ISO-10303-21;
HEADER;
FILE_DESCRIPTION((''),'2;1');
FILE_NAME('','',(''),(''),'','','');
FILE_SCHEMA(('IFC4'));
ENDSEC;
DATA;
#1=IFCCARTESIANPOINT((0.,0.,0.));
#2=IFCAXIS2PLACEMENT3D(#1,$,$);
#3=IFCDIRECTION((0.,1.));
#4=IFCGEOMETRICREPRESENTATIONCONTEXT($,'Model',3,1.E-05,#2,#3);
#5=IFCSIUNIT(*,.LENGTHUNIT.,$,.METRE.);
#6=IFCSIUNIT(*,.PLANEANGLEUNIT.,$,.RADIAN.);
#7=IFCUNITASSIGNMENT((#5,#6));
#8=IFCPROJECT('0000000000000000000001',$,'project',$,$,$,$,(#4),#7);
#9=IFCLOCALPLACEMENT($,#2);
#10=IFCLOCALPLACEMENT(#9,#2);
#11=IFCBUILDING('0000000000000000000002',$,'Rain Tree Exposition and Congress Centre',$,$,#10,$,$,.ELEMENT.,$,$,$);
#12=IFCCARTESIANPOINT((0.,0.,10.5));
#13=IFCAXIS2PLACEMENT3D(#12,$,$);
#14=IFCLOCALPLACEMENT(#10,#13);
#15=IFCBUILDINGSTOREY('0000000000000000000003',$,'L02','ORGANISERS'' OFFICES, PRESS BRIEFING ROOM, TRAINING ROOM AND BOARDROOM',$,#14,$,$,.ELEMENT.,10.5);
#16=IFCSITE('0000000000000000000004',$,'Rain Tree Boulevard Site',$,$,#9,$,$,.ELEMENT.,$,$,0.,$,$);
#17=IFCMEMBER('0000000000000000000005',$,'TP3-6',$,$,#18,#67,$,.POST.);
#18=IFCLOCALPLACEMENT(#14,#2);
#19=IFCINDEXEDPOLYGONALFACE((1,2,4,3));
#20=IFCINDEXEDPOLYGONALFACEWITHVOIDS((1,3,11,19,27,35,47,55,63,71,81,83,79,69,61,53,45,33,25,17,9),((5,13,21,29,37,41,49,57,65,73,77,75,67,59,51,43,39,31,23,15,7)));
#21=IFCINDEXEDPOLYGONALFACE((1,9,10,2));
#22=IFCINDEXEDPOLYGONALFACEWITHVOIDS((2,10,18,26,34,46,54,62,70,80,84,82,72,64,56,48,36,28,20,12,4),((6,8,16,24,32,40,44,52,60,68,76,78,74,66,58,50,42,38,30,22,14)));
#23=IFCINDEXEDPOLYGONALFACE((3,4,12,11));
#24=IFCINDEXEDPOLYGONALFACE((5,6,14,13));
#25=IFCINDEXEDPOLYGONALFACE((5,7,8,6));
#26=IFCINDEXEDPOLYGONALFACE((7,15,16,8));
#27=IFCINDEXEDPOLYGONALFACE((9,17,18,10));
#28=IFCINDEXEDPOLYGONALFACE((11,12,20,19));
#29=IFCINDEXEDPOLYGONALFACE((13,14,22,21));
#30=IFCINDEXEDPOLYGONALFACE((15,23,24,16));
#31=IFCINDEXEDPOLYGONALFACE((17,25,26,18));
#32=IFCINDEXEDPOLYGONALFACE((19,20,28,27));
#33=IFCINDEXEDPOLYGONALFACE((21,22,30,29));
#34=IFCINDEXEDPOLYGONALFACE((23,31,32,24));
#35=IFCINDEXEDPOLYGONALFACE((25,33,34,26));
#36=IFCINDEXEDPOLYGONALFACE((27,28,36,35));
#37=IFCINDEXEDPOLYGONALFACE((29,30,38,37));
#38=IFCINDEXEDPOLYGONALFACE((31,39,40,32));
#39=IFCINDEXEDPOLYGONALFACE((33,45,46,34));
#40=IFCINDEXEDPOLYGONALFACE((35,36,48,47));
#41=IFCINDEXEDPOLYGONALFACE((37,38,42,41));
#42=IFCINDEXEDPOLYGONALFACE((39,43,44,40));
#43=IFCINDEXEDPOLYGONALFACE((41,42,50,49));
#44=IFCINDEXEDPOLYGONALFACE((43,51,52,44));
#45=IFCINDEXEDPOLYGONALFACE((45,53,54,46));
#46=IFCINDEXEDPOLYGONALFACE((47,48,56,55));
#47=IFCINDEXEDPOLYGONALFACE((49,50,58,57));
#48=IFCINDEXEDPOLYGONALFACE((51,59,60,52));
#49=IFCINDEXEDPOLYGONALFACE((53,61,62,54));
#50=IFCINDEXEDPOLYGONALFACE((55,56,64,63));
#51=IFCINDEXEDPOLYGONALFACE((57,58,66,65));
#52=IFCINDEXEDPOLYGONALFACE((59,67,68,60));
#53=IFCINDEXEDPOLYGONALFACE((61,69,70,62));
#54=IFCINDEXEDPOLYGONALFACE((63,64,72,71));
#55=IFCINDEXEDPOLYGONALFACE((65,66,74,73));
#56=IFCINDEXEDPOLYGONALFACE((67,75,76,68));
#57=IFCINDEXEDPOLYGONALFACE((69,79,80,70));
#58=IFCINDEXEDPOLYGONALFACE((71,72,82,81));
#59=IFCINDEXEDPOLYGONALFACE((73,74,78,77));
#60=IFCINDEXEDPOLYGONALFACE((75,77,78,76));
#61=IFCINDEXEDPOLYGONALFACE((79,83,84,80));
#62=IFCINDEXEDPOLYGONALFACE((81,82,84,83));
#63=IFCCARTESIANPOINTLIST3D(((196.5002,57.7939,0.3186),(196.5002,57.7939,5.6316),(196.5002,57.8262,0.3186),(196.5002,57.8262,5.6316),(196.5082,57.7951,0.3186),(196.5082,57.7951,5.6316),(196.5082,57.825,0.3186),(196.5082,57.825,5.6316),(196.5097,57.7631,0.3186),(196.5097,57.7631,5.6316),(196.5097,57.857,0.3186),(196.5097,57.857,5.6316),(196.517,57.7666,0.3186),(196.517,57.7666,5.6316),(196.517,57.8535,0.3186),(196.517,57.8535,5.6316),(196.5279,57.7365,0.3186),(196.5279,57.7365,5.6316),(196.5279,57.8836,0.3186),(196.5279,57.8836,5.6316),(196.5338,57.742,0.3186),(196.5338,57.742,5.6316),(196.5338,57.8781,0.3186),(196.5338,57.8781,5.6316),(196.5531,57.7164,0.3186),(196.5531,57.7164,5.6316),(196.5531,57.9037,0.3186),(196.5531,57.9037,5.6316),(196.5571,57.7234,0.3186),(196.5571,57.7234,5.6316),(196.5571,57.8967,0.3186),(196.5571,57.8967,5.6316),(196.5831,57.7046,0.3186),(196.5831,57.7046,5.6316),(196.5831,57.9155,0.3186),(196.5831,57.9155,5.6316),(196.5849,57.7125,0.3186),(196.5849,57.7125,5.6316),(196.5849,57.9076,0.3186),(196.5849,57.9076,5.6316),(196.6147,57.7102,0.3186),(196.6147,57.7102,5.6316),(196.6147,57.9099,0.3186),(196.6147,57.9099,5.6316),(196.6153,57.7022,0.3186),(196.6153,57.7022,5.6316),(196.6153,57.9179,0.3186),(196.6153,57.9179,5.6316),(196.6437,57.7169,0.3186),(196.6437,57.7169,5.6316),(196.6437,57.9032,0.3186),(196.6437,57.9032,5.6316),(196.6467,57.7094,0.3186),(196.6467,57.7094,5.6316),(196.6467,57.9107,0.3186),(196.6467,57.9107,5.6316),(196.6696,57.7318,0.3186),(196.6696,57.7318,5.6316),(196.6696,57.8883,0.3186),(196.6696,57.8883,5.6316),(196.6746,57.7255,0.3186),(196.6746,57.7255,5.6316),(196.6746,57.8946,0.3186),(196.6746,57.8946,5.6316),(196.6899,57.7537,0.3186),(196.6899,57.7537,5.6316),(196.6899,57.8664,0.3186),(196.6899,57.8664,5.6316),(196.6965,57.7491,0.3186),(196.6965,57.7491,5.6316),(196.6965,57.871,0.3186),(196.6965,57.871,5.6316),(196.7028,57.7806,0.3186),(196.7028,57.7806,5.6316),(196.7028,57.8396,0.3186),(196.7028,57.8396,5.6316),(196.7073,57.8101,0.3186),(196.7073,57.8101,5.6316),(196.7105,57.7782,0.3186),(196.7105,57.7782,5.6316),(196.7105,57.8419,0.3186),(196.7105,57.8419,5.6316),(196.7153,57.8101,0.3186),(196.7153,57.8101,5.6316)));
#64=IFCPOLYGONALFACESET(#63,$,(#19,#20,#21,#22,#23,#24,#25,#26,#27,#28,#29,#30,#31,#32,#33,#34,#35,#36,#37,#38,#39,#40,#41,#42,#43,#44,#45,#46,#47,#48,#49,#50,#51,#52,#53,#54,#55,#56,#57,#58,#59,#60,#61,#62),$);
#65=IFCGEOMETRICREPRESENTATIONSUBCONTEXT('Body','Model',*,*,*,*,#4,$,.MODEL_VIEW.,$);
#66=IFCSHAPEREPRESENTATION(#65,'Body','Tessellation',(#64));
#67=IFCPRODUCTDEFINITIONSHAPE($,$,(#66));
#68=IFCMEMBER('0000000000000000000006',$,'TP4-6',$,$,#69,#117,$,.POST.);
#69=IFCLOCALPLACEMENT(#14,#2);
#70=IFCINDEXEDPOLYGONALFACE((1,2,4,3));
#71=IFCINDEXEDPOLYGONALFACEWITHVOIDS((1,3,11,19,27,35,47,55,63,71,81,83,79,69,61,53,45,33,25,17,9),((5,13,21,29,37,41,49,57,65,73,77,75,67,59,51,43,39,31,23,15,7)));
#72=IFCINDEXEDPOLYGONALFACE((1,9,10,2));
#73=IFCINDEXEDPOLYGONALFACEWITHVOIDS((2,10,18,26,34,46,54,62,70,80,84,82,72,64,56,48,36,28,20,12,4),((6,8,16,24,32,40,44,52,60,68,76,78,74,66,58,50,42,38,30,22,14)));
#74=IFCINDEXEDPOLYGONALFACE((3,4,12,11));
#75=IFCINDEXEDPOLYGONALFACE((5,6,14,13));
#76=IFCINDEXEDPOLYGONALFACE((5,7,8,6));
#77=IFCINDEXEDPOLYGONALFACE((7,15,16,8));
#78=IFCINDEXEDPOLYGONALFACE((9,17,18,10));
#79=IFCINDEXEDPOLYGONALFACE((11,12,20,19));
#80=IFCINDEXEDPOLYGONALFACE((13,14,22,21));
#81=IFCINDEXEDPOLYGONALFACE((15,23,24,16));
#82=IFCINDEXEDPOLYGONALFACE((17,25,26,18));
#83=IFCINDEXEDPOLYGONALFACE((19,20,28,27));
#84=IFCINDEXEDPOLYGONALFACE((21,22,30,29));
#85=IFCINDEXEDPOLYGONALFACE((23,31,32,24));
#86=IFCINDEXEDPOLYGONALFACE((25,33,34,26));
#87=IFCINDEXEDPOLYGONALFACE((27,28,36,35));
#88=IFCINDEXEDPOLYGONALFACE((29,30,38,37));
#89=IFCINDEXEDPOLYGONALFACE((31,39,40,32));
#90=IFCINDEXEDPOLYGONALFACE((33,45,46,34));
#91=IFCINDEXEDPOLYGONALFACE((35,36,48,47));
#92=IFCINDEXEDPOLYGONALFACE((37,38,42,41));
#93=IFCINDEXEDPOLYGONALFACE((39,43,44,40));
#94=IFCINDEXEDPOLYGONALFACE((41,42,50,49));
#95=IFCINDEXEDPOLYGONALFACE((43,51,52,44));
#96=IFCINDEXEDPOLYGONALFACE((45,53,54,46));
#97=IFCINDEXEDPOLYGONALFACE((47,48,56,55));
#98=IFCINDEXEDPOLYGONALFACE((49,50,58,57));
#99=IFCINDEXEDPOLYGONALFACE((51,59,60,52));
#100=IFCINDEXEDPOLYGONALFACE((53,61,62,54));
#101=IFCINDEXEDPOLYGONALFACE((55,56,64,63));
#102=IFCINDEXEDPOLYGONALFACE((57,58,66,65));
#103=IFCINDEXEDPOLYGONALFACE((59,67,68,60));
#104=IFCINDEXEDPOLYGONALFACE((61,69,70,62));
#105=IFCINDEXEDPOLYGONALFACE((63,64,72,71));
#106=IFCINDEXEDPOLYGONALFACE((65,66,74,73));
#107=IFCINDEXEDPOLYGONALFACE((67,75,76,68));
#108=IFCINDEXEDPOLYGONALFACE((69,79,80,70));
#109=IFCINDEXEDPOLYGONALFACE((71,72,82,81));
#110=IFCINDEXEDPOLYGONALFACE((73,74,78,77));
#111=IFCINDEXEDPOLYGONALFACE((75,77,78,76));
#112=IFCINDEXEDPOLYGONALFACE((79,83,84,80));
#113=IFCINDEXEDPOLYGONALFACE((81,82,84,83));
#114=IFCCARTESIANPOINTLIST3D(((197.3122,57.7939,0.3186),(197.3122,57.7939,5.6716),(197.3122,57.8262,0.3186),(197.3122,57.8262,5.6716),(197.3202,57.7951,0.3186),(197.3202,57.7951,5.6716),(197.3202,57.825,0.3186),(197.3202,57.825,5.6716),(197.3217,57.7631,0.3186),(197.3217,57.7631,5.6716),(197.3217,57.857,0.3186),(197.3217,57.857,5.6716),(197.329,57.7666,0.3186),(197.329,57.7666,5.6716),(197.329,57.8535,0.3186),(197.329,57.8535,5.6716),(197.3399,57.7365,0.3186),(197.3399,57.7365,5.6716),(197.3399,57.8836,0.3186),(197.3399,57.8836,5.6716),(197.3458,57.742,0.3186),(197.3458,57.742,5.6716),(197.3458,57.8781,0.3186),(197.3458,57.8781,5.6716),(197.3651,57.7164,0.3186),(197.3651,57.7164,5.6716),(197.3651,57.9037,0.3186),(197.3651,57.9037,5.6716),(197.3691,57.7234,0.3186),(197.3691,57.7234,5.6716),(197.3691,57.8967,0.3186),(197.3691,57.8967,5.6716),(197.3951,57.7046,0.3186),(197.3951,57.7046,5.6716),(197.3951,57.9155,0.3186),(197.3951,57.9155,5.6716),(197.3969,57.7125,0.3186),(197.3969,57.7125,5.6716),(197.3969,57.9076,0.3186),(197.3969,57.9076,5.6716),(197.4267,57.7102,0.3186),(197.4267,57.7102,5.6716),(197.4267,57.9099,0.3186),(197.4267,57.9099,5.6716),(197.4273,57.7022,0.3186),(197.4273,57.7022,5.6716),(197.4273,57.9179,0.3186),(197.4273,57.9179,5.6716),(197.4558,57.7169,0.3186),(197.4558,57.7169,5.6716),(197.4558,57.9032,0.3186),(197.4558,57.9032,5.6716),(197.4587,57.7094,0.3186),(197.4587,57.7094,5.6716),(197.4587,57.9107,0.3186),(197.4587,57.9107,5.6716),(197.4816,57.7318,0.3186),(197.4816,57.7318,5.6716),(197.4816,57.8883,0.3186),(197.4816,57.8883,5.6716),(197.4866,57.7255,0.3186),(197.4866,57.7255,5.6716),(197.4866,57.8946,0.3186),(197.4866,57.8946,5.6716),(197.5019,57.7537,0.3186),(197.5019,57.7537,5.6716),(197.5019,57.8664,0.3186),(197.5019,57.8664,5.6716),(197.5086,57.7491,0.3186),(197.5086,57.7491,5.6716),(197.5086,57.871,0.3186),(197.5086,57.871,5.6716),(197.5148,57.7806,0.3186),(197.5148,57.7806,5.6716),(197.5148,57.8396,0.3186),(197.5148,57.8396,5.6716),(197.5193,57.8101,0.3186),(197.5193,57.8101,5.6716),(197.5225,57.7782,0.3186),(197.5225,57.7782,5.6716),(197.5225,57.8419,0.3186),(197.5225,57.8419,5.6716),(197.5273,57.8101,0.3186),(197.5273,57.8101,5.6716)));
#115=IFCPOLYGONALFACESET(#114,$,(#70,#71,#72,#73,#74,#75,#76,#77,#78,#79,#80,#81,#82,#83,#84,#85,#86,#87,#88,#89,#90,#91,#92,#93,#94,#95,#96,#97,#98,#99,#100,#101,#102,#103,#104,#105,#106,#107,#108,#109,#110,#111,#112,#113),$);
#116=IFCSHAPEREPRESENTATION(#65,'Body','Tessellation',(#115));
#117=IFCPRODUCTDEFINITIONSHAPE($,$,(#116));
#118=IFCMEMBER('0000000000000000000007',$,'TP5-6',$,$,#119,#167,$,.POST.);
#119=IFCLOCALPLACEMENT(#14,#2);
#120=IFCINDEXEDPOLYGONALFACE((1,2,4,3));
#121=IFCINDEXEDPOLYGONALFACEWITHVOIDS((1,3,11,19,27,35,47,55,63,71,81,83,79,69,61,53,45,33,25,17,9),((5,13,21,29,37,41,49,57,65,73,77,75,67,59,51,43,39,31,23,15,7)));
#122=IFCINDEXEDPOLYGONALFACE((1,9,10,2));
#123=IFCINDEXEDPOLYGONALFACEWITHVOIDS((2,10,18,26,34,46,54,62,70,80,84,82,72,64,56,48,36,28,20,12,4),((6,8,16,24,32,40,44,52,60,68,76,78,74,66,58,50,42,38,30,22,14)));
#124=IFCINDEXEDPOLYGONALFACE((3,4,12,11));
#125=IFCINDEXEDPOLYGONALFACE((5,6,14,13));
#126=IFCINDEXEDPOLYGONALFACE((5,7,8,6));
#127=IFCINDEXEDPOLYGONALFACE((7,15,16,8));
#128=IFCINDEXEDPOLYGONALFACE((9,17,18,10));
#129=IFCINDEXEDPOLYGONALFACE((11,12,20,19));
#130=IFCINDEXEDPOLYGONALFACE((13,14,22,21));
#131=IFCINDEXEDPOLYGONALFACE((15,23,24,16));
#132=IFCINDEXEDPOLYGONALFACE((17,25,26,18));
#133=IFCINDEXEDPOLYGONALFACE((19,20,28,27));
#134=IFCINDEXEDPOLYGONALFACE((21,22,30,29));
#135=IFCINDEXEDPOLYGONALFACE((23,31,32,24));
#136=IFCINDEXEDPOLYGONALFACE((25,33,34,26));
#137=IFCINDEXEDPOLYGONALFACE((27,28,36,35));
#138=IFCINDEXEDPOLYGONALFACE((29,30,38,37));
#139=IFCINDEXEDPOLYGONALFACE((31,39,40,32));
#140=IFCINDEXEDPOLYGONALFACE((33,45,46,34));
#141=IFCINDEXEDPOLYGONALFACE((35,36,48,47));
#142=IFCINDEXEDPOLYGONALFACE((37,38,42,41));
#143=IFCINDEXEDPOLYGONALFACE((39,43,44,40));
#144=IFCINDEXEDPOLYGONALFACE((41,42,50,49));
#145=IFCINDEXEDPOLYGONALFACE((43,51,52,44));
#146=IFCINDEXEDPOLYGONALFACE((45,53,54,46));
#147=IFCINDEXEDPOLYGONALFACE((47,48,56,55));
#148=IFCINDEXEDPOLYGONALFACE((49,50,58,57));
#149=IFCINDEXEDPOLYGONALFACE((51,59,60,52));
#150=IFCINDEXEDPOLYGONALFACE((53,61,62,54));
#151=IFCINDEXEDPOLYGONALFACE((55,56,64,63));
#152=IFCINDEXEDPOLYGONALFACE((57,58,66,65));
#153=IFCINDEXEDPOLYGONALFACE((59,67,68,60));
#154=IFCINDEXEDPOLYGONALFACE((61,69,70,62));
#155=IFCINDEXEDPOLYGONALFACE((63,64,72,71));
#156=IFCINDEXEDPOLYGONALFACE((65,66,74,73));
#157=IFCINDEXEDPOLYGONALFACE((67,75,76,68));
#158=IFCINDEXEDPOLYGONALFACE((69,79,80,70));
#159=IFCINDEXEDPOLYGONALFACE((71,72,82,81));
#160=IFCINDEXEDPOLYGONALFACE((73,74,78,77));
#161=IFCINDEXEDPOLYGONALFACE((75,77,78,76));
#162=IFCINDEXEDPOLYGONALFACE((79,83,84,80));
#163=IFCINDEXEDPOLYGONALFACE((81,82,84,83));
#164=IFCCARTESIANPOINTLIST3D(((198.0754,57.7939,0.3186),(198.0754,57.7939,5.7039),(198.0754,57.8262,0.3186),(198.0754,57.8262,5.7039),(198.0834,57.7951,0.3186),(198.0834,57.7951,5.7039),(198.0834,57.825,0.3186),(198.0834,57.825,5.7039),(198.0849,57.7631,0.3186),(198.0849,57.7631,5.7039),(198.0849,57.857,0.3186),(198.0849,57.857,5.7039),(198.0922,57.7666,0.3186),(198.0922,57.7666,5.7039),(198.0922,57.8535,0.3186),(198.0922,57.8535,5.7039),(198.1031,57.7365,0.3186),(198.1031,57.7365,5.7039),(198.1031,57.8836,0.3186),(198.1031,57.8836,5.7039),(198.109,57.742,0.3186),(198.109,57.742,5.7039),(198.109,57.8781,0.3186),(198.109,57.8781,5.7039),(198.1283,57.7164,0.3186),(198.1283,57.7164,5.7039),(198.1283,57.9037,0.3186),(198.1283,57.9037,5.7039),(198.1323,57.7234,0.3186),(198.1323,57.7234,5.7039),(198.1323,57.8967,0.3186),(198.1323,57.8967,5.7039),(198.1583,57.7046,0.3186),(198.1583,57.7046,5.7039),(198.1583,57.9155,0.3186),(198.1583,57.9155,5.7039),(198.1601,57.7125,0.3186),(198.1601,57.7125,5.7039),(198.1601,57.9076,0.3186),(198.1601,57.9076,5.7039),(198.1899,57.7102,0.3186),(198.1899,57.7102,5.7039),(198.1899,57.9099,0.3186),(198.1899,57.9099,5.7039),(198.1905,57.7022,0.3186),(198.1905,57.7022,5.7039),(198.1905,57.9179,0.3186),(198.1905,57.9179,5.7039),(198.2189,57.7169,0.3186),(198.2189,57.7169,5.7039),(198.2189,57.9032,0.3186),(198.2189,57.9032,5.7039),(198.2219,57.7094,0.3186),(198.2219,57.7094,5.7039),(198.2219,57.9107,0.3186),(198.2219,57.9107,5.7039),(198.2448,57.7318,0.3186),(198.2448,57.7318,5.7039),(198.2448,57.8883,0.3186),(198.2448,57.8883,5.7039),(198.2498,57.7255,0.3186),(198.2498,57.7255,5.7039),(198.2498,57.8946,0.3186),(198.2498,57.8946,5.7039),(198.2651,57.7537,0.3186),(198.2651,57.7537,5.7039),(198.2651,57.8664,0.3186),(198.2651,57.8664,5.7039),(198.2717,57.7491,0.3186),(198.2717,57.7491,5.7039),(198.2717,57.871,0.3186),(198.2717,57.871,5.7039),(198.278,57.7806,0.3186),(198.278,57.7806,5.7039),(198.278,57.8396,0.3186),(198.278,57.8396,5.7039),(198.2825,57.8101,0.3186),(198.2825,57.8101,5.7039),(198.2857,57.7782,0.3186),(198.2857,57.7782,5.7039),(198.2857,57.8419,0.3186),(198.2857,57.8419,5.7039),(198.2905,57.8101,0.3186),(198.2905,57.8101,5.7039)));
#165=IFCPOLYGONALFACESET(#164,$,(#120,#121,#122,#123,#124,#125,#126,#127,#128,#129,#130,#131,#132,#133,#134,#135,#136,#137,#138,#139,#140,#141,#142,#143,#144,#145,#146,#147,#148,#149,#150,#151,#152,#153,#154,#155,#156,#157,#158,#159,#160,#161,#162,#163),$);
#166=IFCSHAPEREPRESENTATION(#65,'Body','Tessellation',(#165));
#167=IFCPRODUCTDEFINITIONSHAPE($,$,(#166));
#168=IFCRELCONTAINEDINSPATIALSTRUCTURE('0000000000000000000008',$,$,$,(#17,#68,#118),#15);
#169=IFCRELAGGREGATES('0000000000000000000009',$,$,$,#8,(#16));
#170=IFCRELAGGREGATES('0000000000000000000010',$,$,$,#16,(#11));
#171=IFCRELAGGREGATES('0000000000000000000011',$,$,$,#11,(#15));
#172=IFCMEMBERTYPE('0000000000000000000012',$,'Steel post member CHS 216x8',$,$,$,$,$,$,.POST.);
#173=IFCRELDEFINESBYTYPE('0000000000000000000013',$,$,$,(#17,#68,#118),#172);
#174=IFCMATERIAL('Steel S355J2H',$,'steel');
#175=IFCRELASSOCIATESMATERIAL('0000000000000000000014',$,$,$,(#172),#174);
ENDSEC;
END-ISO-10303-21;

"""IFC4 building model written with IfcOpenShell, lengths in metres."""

from ifc_helpers import new_model, si_unit, direction, frame, origin, origin_2d, place, context, subcontext, project, spatial, hollow_circle, extrude, material, material_profile, profile_set, type_object, element, save


model = new_model("IFC4")

# Units and contexts
model_context = context("Model", 3, precision=1e-05, world=origin(), true_north=direction((0.0, 1.0)))
body_context = subcontext(model_context, "Body", "Model", "MODEL_VIEW")
ifc_project = project(units=[si_unit("LENGTHUNIT", "METRE"), si_unit("PLANEANGLEUNIT", "RADIAN")], contexts=[model_context])

# Site, building, storey
site_placement = place(None, origin())
site = spatial("IfcSite", under=ifc_project, at=site_placement, Name="Rain Tree Boulevard Site", CompositionType="ELEMENT", RefElevation=0.0)
building_placement = place(site_placement, origin())
building = spatial("IfcBuilding", under=site, at=building_placement, Name="Rain Tree Exposition and Congress Centre", CompositionType="ELEMENT")
storey_placement = place(building_placement, frame((0.0, 0.0, 10.5)))
storey = spatial("IfcBuildingStorey", under=building, at=storey_placement, Name="L02", Description="ORGANISERS' OFFICES, PRESS BRIEFING ROOM, TRAINING ROOM AND BOARDROOM", CompositionType="ELEMENT", Elevation=10.5)

# Members
ifc_material_1 = material(Name="Steel S355J2H", Category="steel")
ifc_material_profile_1 = material_profile(ifc_material_1, hollow_circle(Radius=0.1082, WallThickness=0.0081, at=origin_2d()), Name="CHS 216x8")
ifc_profile_set_1 = profile_set([ifc_material_profile_1], Name="Steel S355J2H")
member_type_1 = type_object("IfcMemberType", Name="Steel post member CHS 216x8", PredefinedType="POST", material=ifc_profile_set_1)
member_1_placement = place(storey_placement, frame((196.6072, 57.8101, 0.3186), z_axis=(0.0, 0.0, 1.0), x_axis=(1.0, 0.0, 0.0)))
element("IfcMember", 1, at=member_1_placement, inside=storey, type_object=member_type_1, Name="TP3-6", PredefinedType="POST", context=body_context, shape_type="SweptSolid", body=[
    extrude(hollow_circle(Radius=0.1082, WallThickness=0.0081, at=origin_2d()), origin(), (0.0, 0.0, 1.0), 5.313),
])
member_2_placement = place(storey_placement, frame((197.4192, 57.8101, 0.3186), z_axis=(0.0, 0.0, 1.0), x_axis=(1.0, 0.0, 0.0)))
element("IfcMember", 2, at=member_2_placement, inside=storey, type_object=member_type_1, Name="TP4-6", PredefinedType="POST", context=body_context, shape_type="SweptSolid", body=[
    extrude(hollow_circle(Radius=0.1082, WallThickness=0.0081, at=origin_2d()), origin(), (0.0, 0.0, 1.0), 5.353),
])
member_3_placement = place(storey_placement, frame((198.1824, 57.8101, 0.3186), z_axis=(0.0, 0.0, 1.0), x_axis=(1.0, 0.0, 0.0)))
element("IfcMember", 3, at=member_3_placement, inside=storey, type_object=member_type_1, Name="TP5-6", PredefinedType="POST", context=body_context, shape_type="SweptSolid", body=[
    extrude(hollow_circle(Radius=0.1082, WallThickness=0.0081, at=origin_2d()), origin(), (0.0, 0.0, 1.0), 5.3853),
])

save(model, "model.ifc")
